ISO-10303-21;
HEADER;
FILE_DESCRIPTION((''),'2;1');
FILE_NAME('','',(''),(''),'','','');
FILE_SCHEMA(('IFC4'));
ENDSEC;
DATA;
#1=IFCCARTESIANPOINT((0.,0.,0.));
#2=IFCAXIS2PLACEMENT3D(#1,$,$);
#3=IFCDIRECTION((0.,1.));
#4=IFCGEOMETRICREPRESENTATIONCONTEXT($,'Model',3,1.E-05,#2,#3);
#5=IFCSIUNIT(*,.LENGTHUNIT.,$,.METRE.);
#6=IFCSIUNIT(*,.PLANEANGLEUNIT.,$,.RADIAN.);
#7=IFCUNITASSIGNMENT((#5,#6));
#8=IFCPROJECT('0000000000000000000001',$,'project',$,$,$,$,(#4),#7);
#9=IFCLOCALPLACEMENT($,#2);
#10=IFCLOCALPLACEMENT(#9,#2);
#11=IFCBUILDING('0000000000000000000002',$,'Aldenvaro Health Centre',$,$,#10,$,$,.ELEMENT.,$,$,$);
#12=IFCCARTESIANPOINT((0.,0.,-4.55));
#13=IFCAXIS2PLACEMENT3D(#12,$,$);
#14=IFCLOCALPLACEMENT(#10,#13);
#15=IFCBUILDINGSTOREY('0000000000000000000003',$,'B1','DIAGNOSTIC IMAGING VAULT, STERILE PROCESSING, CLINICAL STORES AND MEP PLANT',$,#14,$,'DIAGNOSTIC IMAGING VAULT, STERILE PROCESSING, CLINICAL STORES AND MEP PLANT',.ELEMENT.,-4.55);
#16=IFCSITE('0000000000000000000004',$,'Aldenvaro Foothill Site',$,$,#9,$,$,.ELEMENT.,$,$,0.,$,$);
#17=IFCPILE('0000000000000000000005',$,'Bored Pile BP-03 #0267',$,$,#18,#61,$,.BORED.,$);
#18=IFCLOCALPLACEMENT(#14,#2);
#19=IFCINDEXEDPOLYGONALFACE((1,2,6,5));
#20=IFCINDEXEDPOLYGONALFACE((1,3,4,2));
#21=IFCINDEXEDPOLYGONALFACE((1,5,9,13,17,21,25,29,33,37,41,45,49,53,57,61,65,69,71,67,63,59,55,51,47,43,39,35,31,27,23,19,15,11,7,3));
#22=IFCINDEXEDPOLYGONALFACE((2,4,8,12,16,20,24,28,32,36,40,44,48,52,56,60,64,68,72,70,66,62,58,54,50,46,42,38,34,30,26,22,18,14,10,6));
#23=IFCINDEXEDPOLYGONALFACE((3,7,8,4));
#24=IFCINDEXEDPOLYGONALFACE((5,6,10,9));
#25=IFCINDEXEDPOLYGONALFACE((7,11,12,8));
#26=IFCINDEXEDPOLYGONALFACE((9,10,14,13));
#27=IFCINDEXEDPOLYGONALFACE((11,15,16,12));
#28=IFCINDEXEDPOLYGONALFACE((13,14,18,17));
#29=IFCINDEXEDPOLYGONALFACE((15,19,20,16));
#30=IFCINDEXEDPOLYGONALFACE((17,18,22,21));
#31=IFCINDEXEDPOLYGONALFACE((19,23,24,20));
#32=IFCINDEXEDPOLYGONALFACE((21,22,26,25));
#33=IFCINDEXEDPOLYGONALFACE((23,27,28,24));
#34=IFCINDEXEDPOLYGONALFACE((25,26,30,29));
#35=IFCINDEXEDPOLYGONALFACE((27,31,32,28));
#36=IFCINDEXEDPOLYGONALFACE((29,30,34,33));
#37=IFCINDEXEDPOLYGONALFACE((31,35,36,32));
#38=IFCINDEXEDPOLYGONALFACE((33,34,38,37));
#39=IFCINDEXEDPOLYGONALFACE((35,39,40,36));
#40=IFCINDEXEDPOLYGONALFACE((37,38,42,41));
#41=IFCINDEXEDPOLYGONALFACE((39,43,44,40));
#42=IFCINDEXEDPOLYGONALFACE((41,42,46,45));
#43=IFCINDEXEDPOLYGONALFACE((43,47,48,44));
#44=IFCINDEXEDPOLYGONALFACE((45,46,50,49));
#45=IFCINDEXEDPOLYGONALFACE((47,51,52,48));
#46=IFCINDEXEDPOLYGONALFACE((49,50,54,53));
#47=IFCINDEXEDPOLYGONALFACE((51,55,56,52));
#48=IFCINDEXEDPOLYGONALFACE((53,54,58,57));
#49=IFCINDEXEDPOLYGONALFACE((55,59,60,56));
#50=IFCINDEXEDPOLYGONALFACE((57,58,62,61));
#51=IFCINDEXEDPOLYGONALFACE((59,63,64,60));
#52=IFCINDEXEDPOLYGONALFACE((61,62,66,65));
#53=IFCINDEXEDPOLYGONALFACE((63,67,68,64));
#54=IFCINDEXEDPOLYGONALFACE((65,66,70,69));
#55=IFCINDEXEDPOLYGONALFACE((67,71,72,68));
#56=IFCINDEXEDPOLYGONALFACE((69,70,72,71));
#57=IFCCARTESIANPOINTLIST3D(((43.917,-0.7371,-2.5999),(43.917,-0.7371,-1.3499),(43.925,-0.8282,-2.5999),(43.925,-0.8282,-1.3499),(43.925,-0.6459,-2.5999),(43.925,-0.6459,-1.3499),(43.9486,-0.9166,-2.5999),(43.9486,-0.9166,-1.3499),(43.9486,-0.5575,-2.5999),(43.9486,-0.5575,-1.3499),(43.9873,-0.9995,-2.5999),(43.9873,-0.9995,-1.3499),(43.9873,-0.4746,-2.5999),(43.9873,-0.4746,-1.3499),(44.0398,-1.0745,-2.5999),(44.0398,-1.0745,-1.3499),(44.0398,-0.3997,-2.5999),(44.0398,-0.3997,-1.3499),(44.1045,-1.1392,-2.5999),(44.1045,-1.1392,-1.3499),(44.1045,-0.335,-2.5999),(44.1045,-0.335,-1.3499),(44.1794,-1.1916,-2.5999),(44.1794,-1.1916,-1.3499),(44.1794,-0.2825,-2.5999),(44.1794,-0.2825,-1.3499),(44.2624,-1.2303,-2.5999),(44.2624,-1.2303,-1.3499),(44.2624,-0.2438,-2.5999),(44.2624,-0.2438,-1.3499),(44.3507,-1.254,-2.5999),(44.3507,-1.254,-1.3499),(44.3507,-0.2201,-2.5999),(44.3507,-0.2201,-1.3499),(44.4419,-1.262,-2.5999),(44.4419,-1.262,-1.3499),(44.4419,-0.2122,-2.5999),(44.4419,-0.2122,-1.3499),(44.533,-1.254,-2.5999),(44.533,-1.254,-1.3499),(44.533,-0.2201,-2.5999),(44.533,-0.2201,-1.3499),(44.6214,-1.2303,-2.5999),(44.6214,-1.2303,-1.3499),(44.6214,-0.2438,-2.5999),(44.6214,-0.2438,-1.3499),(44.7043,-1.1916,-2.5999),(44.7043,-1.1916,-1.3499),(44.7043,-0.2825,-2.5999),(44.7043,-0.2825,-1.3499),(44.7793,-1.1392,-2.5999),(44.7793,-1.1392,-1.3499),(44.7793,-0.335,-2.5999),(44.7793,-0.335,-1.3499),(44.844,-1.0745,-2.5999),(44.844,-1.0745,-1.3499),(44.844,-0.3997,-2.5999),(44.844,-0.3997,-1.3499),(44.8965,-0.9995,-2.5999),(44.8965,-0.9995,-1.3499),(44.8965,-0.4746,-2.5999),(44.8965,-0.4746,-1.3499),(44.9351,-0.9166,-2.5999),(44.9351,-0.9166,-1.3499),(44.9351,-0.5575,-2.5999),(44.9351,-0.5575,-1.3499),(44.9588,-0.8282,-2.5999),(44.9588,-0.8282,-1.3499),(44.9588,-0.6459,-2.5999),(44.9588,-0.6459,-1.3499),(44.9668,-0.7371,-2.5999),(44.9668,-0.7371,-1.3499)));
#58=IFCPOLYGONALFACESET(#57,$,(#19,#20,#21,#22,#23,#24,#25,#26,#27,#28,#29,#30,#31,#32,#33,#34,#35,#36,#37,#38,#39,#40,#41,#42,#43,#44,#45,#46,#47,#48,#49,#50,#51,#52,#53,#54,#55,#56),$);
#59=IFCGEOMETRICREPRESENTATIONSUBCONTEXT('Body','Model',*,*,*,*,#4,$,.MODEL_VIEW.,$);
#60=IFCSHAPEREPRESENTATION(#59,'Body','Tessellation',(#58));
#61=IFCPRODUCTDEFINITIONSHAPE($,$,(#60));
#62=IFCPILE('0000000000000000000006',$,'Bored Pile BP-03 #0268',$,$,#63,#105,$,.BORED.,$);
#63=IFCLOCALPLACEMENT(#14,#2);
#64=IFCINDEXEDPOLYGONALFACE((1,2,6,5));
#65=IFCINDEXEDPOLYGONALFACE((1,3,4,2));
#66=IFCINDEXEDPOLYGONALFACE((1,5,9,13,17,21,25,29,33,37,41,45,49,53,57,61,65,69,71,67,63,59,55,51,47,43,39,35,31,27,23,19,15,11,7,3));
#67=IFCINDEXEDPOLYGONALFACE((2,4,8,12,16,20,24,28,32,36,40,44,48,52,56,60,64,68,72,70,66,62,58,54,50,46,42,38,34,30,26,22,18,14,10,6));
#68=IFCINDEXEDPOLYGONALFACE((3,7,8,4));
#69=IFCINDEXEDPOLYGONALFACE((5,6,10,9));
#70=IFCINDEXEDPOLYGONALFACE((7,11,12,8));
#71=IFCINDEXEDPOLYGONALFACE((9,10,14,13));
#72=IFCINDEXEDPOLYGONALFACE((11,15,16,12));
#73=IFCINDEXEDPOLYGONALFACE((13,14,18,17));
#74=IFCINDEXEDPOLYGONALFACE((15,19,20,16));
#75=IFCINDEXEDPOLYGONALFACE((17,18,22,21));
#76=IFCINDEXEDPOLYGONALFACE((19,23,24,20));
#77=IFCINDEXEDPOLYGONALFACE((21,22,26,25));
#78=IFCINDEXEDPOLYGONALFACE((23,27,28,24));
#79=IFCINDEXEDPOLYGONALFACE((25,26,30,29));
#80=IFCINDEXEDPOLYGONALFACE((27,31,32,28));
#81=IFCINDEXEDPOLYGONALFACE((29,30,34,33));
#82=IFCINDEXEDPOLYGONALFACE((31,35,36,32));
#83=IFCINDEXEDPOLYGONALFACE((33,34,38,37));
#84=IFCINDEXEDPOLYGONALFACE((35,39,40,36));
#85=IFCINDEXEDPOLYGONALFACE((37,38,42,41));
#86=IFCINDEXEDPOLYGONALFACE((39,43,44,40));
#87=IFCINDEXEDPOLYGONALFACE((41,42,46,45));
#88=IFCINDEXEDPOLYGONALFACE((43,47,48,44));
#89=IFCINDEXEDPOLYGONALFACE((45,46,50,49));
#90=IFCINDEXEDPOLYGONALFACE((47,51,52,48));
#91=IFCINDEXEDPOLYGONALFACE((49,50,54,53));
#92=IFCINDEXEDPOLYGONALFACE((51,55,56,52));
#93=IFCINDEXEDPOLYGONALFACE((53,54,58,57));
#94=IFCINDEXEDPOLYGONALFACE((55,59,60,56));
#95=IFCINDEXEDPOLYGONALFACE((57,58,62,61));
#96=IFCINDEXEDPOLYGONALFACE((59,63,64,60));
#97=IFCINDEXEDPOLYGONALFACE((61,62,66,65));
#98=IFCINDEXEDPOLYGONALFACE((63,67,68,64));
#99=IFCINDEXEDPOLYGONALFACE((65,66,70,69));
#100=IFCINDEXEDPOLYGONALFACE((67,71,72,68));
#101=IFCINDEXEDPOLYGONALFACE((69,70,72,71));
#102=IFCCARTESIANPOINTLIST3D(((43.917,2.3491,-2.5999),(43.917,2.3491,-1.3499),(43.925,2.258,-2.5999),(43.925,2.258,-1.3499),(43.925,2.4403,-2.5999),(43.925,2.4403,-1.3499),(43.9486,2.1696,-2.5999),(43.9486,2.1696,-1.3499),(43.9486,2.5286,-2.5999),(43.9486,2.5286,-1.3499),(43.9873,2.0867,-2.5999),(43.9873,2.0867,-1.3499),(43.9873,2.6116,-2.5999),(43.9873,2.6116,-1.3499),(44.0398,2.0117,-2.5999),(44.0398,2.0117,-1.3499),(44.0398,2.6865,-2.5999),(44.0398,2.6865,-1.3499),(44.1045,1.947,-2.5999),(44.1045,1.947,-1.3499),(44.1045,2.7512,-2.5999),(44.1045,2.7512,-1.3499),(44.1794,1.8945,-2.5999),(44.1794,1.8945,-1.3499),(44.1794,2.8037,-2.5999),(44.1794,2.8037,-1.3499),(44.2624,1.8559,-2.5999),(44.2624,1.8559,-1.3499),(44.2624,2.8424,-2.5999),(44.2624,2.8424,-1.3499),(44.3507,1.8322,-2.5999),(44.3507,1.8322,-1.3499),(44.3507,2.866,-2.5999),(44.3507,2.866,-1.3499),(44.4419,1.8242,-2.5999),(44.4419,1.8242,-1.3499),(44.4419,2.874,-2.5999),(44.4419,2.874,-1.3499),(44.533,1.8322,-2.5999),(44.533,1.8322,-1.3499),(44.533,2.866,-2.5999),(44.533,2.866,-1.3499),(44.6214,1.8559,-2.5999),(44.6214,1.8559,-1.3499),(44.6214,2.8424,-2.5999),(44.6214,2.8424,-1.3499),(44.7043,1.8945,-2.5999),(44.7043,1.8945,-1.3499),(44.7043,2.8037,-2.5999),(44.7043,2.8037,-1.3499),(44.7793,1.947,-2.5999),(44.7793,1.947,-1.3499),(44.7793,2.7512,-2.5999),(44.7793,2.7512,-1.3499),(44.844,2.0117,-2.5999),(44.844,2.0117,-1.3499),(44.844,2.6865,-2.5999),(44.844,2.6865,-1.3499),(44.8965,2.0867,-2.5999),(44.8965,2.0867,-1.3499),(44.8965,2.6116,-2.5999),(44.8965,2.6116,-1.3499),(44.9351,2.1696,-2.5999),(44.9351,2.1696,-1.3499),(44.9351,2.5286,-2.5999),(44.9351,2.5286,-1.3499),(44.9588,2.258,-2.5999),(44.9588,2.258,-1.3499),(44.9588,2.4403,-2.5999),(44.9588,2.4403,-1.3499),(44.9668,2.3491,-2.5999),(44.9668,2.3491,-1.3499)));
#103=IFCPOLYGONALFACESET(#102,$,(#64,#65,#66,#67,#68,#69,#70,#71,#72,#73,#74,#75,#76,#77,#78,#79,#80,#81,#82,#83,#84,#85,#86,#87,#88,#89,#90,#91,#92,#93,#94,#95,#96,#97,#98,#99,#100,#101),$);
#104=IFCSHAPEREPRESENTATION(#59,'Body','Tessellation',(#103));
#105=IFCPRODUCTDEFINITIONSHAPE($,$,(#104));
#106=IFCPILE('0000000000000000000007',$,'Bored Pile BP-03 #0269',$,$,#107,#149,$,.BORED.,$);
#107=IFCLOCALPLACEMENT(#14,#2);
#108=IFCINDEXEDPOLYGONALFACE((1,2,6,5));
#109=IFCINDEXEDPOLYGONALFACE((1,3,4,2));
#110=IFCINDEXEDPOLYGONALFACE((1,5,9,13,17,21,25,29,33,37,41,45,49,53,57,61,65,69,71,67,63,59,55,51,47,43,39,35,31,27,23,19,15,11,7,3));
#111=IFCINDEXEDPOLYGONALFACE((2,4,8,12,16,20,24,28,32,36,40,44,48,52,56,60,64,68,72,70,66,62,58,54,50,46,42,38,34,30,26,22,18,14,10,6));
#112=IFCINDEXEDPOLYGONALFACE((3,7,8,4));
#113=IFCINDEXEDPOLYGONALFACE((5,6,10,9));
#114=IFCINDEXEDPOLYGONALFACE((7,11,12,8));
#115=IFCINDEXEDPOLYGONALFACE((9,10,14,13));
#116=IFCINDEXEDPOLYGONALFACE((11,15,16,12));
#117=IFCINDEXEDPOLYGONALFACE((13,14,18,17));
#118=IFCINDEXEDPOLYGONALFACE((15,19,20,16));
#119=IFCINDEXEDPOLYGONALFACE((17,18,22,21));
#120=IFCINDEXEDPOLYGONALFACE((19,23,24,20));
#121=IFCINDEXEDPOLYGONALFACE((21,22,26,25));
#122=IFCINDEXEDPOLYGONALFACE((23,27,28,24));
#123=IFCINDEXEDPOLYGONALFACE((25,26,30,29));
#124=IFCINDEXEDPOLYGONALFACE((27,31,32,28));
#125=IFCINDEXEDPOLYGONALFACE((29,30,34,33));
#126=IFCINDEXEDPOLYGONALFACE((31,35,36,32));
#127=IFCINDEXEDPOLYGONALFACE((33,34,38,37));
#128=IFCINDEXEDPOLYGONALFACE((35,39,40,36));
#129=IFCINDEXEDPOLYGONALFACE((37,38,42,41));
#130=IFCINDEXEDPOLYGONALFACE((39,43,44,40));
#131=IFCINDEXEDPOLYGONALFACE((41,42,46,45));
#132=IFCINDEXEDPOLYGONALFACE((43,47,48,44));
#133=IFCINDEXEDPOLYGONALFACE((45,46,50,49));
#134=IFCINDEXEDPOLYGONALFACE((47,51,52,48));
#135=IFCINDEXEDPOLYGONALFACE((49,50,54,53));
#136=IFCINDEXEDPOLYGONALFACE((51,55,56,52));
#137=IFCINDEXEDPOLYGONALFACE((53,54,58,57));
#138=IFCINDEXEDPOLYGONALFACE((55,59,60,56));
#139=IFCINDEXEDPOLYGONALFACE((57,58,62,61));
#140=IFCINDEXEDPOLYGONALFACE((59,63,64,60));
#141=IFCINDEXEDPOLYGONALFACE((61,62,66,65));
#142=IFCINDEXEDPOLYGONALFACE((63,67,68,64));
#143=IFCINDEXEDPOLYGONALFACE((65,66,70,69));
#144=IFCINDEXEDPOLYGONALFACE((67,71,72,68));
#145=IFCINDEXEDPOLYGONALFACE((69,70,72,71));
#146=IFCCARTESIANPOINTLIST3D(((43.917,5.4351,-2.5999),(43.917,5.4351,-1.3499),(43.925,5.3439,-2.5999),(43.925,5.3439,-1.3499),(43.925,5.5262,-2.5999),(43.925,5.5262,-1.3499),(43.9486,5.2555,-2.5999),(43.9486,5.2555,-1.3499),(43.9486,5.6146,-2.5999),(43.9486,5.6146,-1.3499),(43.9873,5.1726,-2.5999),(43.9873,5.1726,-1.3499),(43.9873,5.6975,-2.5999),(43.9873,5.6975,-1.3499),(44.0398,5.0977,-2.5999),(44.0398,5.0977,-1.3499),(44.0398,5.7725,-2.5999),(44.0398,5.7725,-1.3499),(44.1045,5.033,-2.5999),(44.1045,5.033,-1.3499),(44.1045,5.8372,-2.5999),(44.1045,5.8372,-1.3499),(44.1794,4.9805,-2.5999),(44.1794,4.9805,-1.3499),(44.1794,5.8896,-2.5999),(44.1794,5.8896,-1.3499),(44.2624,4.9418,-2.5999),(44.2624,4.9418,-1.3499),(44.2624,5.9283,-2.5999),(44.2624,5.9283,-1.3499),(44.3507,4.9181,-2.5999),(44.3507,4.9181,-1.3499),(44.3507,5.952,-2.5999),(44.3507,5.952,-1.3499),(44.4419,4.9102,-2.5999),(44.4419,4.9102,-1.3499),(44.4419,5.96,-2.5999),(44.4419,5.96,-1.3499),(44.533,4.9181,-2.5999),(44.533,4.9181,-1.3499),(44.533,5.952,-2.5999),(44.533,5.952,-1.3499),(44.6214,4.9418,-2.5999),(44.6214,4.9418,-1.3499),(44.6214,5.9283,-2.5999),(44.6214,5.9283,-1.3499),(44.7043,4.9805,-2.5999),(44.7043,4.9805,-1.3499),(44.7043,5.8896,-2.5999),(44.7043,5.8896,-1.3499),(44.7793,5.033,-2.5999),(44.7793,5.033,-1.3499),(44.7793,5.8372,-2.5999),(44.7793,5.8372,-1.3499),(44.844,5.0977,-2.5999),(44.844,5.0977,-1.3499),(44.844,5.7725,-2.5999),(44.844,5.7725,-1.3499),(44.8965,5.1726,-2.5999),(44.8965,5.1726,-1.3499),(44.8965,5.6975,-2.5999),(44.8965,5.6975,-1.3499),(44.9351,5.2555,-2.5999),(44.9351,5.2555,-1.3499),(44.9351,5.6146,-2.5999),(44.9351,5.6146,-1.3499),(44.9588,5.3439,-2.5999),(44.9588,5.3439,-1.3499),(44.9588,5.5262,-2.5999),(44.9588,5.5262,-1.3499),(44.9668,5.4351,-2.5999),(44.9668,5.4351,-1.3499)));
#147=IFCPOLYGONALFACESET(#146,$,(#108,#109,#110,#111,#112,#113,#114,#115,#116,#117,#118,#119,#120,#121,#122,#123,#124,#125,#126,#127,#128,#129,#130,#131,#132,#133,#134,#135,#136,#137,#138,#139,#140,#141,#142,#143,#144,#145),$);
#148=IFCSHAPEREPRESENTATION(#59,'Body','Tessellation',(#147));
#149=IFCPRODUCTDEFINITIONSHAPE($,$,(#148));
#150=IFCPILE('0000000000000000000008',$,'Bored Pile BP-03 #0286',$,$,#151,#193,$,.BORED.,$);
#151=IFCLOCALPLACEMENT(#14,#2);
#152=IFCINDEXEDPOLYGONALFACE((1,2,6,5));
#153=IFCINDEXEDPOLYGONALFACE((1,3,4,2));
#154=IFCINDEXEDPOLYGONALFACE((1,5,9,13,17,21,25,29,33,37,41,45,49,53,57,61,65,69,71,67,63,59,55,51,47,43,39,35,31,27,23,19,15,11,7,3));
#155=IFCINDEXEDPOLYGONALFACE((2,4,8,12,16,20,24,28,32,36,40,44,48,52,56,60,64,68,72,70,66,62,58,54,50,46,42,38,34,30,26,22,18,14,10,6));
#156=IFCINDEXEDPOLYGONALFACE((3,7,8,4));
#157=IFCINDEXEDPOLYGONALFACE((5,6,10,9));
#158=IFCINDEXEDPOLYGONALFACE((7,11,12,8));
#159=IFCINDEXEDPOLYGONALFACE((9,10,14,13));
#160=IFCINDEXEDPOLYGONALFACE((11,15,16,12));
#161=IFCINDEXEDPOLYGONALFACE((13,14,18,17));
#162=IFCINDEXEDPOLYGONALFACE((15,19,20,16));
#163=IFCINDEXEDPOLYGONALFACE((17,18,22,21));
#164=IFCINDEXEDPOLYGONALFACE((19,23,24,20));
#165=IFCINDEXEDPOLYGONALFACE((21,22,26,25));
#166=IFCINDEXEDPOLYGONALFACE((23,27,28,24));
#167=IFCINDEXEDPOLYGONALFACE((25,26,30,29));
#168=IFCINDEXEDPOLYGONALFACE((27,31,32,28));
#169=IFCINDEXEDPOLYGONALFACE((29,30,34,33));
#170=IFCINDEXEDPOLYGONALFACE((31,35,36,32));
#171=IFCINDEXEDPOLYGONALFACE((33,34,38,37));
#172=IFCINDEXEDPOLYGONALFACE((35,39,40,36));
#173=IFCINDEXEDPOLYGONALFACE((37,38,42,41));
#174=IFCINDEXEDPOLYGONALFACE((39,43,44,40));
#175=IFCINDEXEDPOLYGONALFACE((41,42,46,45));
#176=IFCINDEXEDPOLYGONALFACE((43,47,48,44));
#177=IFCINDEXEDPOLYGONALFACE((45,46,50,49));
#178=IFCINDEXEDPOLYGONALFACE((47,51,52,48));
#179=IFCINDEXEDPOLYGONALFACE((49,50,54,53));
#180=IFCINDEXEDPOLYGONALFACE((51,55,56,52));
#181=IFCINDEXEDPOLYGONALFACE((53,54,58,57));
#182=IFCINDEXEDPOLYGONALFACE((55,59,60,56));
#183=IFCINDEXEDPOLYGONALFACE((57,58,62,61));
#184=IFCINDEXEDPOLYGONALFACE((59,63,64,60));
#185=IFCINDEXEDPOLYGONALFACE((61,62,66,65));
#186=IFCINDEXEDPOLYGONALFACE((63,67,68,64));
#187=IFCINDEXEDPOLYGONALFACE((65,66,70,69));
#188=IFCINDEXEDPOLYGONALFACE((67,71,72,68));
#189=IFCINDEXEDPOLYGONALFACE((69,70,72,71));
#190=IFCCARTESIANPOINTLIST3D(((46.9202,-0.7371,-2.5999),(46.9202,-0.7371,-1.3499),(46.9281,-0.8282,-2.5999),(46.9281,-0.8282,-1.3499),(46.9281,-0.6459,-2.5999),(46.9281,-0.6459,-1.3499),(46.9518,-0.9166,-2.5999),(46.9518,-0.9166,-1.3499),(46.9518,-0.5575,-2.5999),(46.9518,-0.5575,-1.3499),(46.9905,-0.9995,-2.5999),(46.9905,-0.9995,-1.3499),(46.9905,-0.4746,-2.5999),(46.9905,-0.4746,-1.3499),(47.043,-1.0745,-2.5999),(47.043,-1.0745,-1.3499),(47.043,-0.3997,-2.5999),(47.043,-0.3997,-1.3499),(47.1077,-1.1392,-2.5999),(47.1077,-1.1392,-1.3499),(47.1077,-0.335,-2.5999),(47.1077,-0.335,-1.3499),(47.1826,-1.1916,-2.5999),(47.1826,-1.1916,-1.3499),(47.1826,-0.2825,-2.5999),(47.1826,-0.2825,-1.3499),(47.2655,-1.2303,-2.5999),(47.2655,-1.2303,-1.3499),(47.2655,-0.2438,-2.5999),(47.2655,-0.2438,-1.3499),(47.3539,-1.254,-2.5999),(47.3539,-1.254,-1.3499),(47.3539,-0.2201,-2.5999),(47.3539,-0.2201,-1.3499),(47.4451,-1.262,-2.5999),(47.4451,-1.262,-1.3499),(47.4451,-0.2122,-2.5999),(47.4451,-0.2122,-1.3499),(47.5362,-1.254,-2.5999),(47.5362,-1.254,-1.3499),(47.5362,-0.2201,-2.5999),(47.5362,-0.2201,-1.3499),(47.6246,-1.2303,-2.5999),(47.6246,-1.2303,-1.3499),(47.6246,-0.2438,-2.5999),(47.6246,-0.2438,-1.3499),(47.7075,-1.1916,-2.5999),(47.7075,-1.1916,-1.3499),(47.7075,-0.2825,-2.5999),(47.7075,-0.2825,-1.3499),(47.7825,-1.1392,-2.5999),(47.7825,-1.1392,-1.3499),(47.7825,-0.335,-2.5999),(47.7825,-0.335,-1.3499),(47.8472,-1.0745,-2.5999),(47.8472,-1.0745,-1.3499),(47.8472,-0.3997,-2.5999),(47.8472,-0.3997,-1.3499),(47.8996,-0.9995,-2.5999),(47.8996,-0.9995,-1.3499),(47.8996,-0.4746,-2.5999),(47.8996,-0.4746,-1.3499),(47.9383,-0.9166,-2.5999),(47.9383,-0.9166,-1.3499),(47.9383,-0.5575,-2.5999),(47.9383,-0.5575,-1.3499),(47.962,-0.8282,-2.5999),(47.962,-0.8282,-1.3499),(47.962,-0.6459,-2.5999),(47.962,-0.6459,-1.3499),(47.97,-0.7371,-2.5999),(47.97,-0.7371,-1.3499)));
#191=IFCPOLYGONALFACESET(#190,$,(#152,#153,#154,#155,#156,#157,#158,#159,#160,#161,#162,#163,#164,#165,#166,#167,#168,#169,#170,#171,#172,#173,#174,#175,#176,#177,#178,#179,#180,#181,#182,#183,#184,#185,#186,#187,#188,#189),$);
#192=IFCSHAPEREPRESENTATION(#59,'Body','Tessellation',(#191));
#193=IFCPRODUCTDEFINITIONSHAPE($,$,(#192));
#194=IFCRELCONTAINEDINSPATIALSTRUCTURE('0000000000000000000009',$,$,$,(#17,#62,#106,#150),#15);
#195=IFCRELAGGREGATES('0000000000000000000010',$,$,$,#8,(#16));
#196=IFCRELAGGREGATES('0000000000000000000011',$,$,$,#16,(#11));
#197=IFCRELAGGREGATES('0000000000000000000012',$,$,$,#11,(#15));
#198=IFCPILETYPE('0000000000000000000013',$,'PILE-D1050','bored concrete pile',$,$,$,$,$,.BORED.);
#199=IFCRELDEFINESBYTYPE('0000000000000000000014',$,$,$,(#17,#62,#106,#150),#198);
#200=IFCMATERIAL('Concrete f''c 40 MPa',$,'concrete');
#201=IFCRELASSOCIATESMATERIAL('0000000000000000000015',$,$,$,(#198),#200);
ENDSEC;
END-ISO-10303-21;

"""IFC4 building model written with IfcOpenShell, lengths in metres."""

from ifc_helpers import new_model, si_unit, direction, frame, origin, origin_2d, place, context, subcontext, project, spatial, circle, extrude, material, material_profile, profile_set, type_object, element, save


model = new_model("IFC4")

# Units and contexts
model_context = context("Model", 3, precision=1e-05, world=origin(), true_north=direction((0.0, 1.0)))
body_context = subcontext(model_context, "Body", "Model", "MODEL_VIEW")
ifc_project = project(units=[si_unit("LENGTHUNIT", "METRE"), si_unit("PLANEANGLEUNIT", "RADIAN")], contexts=[model_context])

# Site, building, storey
site_placement = place(None, origin())
site = spatial("IfcSite", under=ifc_project, at=site_placement, Name="Aldenvaro Foothill Site", CompositionType="ELEMENT", RefElevation=0.0)
building_placement = place(site_placement, origin())
building = spatial("IfcBuilding", under=site, at=building_placement, Name="Aldenvaro Health Centre", CompositionType="ELEMENT")
storey_placement = place(building_placement, frame((0.0, 0.0, -4.55)))
storey = spatial("IfcBuildingStorey", under=building, at=storey_placement, Name="B1", Description="DIAGNOSTIC IMAGING VAULT, STERILE PROCESSING, CLINICAL STORES AND MEP PLANT", LongName="DIAGNOSTIC IMAGING VAULT, STERILE PROCESSING, CLINICAL STORES AND MEP PLANT", CompositionType="ELEMENT", Elevation=-4.55)

# Piles
ifc_material = material(Name="Concrete f'c 40 MPa", Category="concrete")
ifc_material_profile_1 = material_profile(ifc_material, circle(Radius=0.5249, at=origin_2d()), Name="PILE D1050", Category="concrete")
ifc_profile_set_1 = profile_set([ifc_material_profile_1], Name="Concrete f'c 40 MPa")
pile_type = type_object("IfcPileType", Name="PILE-D1050", Description="bored concrete pile", PredefinedType="BORED", material=ifc_profile_set_1)
for number, where, z_axis, x_axis, name in (
    (1, (44.4419, -0.7371, -1.3499), (0.0, 0.0, -1.0), (1.0, 0.0, 0.0), "Bored Pile BP-03 #0267"),
    (2, (44.4419, 2.3491, -1.3499), (0.0, 0.0, -1.0), (1.0, 0.0, 0.0), "Bored Pile BP-03 #0268"),
    (3, (44.4419, 5.4351, -1.3499), (0.0, 0.0, -1.0), (1.0, 0.0, 0.0), "Bored Pile BP-03 #0269"),
    (4, (47.4451, -0.7371, -1.3499), (0.0, 0.0, -1.0), (1.0, 0.0, 0.0), "Bored Pile BP-03 #0286"),
):
    element("IfcPile", number, at=place(storey_placement, frame(where, z_axis=z_axis, x_axis=x_axis)), inside=storey, type_object=pile_type, Name=name, PredefinedType="BORED", context=body_context, shape_type="SweptSolid", body=[
        extrude(circle(Radius=0.5249, at=origin_2d()), origin(), (0.0, 0.0, 1.0), 1.25),
    ])

save(model, "model.ifc")
